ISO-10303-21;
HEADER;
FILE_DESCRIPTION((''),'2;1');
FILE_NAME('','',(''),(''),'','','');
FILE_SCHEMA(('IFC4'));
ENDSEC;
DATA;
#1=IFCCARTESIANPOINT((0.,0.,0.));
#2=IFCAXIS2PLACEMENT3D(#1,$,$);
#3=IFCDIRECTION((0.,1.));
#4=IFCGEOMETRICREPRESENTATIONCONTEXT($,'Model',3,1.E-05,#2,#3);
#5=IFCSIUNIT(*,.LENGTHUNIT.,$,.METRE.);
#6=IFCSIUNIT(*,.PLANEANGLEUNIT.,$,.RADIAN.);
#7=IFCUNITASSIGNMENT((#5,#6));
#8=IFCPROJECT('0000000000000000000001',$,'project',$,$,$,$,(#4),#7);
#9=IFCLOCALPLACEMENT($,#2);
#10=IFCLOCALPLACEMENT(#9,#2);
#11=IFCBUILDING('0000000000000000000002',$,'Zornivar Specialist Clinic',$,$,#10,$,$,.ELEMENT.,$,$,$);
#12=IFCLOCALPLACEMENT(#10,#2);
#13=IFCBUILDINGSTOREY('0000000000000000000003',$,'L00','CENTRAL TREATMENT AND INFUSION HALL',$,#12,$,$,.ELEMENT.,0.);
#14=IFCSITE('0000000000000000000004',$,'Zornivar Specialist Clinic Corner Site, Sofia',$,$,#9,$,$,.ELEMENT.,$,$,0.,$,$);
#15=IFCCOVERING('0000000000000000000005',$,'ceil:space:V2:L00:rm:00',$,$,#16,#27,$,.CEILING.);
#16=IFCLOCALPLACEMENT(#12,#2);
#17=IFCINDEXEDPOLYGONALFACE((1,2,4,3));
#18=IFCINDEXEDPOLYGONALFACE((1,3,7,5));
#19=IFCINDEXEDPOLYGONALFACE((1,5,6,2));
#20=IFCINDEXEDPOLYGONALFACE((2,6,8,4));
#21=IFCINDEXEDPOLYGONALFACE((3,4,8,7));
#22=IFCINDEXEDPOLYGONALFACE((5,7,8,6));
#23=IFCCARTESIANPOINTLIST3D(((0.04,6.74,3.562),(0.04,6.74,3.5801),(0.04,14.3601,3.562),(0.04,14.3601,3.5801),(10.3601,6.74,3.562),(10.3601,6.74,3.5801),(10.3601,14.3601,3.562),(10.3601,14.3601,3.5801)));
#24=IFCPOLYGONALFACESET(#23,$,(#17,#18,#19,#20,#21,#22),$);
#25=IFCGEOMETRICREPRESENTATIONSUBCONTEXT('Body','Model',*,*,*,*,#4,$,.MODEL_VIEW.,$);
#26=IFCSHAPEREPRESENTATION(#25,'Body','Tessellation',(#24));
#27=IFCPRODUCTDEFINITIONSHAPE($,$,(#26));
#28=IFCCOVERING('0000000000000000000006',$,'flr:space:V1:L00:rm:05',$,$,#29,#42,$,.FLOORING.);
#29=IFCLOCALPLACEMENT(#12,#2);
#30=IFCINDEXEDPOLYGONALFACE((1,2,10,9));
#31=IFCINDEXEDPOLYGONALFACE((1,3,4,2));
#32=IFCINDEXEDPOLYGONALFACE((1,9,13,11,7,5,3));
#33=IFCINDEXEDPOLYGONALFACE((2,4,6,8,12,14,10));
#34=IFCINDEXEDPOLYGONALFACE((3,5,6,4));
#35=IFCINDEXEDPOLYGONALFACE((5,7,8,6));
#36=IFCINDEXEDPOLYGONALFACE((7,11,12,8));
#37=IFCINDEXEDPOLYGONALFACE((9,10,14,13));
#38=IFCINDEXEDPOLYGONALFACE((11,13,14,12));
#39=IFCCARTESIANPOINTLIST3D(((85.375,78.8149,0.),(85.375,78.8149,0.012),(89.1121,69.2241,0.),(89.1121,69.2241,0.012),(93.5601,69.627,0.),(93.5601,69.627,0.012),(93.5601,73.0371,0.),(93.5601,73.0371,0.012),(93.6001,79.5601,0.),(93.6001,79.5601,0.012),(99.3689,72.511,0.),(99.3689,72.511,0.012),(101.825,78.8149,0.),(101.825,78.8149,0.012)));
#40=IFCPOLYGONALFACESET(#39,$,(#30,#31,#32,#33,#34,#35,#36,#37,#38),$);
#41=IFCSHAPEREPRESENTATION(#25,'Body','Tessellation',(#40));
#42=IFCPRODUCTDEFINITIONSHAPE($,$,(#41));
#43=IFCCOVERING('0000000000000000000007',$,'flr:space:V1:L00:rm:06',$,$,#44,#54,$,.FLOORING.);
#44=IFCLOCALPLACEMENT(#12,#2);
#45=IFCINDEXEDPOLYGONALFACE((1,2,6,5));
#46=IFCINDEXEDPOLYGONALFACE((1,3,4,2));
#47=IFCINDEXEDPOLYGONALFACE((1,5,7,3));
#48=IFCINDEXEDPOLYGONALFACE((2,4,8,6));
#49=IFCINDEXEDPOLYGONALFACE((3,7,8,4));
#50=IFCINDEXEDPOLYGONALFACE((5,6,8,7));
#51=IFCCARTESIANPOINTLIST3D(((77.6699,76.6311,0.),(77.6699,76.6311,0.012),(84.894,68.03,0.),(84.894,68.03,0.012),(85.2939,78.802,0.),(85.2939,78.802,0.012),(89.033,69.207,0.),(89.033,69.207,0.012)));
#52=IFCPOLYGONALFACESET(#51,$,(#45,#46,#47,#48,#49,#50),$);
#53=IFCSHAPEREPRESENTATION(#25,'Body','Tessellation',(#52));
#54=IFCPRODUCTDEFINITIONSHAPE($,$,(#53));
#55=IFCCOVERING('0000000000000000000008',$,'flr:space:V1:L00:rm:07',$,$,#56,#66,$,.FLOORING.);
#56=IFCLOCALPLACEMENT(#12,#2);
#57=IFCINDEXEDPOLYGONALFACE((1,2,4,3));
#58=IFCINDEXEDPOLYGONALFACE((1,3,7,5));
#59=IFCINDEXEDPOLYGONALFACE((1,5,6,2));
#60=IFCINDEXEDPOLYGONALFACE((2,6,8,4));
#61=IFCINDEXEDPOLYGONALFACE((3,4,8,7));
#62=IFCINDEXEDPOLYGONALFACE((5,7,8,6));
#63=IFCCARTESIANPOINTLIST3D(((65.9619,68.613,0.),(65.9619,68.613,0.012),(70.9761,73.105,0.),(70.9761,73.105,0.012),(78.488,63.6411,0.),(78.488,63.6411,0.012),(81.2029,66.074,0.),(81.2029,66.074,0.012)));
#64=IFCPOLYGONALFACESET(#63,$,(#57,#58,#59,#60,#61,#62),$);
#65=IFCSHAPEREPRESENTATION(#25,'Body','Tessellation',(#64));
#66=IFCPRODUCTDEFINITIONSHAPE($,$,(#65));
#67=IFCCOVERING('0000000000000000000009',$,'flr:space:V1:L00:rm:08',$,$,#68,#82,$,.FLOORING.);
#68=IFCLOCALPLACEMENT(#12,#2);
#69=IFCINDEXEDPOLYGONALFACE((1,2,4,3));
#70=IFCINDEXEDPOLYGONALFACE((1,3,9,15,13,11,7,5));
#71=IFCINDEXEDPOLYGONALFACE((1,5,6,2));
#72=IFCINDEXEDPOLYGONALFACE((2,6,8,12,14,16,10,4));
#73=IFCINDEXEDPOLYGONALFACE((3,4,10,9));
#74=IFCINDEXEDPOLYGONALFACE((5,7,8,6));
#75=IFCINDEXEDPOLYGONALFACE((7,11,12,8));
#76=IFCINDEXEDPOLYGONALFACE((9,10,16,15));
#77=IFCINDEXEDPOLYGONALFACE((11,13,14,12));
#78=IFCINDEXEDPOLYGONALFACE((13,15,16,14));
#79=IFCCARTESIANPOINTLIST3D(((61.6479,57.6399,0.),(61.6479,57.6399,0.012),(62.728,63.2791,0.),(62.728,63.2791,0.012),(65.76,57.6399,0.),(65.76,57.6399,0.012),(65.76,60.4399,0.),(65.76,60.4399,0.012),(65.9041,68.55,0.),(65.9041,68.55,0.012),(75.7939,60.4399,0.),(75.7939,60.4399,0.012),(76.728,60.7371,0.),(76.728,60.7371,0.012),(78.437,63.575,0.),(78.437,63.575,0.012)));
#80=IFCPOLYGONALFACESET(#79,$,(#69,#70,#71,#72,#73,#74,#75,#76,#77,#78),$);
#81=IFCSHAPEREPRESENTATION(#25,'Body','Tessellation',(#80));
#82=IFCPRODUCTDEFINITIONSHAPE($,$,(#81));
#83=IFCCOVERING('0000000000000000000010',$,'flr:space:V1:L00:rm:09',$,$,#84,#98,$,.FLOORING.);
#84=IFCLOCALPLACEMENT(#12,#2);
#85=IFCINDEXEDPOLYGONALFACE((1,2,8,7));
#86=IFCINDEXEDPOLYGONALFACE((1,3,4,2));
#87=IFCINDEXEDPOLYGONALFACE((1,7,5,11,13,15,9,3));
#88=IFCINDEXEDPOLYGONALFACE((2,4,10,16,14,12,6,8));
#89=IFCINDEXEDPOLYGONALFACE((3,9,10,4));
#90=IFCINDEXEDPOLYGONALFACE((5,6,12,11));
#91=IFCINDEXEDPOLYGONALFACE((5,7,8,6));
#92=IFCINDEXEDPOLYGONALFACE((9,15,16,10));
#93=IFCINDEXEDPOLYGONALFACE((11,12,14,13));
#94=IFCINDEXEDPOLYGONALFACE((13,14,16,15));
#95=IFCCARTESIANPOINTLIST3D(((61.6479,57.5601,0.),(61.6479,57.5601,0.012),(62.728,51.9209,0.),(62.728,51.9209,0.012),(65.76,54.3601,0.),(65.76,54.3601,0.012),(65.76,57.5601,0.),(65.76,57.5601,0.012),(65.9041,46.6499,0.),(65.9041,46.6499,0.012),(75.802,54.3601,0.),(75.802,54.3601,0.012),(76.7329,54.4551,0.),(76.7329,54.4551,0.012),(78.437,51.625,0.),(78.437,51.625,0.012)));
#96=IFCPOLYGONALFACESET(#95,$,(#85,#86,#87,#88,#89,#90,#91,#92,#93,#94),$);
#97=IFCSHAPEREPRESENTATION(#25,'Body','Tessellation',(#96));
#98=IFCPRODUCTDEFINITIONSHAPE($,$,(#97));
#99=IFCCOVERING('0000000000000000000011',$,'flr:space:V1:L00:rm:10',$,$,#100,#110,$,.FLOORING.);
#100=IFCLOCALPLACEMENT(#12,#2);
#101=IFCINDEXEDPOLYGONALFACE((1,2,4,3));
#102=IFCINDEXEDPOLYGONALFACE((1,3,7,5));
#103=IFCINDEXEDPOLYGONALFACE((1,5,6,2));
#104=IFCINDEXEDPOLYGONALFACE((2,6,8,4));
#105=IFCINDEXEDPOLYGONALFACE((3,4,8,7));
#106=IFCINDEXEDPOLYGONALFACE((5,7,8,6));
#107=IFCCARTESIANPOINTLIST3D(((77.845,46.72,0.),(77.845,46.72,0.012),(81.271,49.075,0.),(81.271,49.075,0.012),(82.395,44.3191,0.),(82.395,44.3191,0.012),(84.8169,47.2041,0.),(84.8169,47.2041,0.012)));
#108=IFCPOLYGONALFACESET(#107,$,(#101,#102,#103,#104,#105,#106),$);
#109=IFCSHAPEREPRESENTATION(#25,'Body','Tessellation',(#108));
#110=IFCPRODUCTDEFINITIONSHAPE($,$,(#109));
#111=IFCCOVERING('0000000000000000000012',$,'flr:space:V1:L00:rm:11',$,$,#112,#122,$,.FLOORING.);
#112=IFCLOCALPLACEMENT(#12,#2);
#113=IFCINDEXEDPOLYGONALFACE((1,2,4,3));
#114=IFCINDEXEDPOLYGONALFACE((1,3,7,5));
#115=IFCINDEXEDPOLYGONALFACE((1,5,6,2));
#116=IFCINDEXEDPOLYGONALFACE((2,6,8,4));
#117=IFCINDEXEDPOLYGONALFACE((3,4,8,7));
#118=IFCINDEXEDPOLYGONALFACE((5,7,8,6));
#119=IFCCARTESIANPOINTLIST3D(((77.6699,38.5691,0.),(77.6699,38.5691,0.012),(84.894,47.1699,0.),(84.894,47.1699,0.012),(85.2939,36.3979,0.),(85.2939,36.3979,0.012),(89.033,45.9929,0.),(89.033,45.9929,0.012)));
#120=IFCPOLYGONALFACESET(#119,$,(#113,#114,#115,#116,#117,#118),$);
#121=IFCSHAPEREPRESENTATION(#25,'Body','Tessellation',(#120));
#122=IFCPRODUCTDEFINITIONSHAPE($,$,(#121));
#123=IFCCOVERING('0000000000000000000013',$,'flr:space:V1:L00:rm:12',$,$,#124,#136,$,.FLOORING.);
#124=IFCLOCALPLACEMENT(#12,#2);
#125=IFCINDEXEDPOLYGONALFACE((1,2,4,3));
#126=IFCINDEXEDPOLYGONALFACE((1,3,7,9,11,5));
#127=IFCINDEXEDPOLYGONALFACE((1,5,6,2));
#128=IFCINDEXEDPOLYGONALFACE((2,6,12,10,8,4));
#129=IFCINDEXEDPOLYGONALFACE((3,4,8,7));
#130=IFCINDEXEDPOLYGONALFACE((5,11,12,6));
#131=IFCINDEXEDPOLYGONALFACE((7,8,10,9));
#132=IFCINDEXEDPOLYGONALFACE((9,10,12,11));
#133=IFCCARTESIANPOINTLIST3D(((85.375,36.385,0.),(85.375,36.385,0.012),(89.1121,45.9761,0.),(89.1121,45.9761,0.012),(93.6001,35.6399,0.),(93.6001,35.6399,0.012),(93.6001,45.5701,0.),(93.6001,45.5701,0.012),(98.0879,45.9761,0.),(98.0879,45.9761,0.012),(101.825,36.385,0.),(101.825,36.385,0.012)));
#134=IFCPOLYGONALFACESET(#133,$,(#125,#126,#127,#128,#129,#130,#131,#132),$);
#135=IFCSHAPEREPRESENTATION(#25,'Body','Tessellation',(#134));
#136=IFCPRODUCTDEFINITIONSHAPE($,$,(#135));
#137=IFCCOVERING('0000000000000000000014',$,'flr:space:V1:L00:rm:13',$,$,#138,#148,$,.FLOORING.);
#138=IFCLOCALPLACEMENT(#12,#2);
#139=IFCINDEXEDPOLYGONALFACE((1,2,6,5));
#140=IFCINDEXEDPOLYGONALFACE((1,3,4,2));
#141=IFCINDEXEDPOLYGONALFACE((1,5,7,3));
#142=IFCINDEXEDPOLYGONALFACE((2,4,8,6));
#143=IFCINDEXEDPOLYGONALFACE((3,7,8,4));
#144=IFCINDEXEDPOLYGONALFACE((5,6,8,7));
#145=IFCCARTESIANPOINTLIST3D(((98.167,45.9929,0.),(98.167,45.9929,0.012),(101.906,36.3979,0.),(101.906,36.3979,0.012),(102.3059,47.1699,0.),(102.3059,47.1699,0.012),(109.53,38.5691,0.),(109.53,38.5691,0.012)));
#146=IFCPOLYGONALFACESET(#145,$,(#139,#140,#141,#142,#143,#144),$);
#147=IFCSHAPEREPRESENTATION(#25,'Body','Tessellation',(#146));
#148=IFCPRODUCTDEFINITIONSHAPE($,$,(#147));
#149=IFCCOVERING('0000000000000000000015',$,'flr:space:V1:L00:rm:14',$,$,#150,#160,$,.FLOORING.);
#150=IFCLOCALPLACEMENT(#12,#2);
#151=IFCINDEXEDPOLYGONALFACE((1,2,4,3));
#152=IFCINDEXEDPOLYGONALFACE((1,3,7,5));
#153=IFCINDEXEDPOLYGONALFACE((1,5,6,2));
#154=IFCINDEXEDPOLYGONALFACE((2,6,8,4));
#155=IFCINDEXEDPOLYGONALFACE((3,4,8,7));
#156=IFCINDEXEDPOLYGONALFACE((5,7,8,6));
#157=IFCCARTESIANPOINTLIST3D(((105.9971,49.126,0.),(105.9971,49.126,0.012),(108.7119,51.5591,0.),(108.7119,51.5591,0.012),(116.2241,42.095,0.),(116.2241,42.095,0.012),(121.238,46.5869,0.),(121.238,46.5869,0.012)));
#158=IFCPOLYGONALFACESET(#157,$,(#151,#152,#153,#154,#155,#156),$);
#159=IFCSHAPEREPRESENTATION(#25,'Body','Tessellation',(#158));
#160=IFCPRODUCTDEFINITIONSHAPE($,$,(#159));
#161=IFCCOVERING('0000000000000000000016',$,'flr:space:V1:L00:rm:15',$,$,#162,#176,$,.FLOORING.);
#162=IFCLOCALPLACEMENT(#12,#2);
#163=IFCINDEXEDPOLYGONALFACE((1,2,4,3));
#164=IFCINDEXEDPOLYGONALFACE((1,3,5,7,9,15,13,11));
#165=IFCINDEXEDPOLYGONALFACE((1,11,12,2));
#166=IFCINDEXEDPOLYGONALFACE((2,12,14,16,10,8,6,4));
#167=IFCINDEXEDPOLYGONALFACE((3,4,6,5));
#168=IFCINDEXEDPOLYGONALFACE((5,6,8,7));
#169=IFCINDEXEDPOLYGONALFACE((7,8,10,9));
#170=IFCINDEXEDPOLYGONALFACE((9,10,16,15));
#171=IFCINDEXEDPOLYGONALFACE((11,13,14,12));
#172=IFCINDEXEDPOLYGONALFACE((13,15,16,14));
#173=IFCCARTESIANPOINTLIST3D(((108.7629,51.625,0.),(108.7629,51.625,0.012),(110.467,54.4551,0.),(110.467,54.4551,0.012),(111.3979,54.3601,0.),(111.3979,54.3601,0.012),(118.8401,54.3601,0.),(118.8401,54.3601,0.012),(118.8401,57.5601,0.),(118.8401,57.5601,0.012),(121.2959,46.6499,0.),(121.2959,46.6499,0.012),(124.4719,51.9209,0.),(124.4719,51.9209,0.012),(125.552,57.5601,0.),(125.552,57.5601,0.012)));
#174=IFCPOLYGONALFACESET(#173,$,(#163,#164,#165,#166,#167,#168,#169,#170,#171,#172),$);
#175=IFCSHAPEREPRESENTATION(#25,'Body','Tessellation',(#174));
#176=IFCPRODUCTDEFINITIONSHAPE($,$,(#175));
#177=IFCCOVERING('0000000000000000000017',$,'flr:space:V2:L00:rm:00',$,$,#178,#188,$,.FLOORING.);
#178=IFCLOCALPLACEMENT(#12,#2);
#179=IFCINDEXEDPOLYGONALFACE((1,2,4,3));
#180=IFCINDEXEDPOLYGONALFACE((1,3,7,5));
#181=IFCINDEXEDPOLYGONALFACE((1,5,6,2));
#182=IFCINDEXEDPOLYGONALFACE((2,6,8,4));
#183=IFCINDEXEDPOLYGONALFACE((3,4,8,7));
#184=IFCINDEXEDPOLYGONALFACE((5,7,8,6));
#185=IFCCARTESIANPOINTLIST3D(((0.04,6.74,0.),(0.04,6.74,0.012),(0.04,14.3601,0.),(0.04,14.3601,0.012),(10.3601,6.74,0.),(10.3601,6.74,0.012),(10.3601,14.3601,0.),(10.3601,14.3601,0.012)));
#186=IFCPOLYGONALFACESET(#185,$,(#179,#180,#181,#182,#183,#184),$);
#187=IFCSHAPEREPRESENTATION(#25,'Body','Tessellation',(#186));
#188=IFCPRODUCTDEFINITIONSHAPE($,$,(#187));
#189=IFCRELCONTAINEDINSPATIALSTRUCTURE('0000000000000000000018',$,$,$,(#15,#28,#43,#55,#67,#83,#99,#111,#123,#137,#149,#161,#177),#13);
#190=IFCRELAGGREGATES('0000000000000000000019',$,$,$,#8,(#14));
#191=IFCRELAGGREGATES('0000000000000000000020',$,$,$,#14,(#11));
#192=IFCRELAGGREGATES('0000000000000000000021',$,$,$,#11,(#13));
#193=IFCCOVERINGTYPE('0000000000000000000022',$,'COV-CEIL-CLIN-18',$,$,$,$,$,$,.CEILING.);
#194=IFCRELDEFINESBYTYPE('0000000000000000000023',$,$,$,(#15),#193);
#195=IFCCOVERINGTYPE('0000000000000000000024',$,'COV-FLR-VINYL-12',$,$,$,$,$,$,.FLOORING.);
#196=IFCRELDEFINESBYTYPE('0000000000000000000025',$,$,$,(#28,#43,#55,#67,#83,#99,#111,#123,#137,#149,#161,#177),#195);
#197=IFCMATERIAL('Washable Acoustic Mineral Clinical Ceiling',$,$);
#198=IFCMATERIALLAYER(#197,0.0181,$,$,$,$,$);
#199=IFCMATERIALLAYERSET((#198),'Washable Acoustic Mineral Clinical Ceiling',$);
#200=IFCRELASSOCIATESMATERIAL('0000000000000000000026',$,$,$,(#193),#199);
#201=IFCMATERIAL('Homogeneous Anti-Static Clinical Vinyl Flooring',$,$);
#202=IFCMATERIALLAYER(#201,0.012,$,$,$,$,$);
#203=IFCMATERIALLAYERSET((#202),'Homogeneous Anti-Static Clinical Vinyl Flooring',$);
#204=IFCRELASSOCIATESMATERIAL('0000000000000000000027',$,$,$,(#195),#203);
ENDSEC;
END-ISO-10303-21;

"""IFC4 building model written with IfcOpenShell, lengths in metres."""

from ifc_helpers import new_model, si_unit, direction, frame, origin, place, context, subcontext, project, spatial, polyline, outline, extrude, material, layer, layer_set, type_object, element, save


model = new_model("IFC4")

# Units and contexts
model_context = context("Model", 3, precision=1e-05, world=origin(), true_north=direction((0.0, 1.0)))
body_context = subcontext(model_context, "Body", "Model", "MODEL_VIEW")
ifc_project = project(units=[si_unit("LENGTHUNIT", "METRE"), si_unit("PLANEANGLEUNIT", "RADIAN")], contexts=[model_context])

# Site, building, storey
site_placement = place(None, origin())
site = spatial("IfcSite", under=ifc_project, at=site_placement, Name="Zornivar Specialist Clinic Corner Site, Sofia", CompositionType="ELEMENT", RefElevation=0.0)
building_placement = place(site_placement, origin())
building = spatial("IfcBuilding", under=site, at=building_placement, Name="Zornivar Specialist Clinic", CompositionType="ELEMENT")
storey_placement = place(building_placement, origin())
storey = spatial("IfcBuildingStorey", under=building, at=storey_placement, Name="L00", Description="CENTRAL TREATMENT AND INFUSION HALL", CompositionType="ELEMENT", Elevation=0.0)

# Coverings
ifc_material_1 = material(Name="Washable Acoustic Mineral Clinical Ceiling")
ifc_layer_1 = layer(ifc_material_1, 0.0181)
ifc_layer_set_1 = layer_set([ifc_layer_1], Name="Washable Acoustic Mineral Clinical Ceiling")
covering_type_1 = type_object("IfcCoveringType", Name="COV-CEIL-CLIN-18", PredefinedType="CEILING", material=ifc_layer_set_1)
covering_1_placement = place(storey_placement, frame((0.0, 0.0, 3.562)))
element("IfcCovering", 1, at=covering_1_placement, inside=storey, type_object=covering_type_1, Name="ceil:space:V2:L00:rm:00", PredefinedType="CEILING", context=body_context, shape_type="SweptSolid", body=[
    extrude(outline(polyline([(10.3601, 14.3601), (10.3601, 6.74), (0.04, 6.74), (0.04, 14.3601), (10.3601, 14.3601)])), origin(), (0.0, 0.0, 1.0), 0.0181),
])
ifc_material_2 = material(Name="Homogeneous Anti-Static Clinical Vinyl Flooring")
ifc_layer_2 = layer(ifc_material_2, 0.012)
ifc_layer_set_2 = layer_set([ifc_layer_2], Name="Homogeneous Anti-Static Clinical Vinyl Flooring")
covering_type_2 = type_object("IfcCoveringType", Name="COV-FLR-VINYL-12", PredefinedType="FLOORING", material=ifc_layer_set_2)
covering_2_placement = place(storey_placement, origin())
element("IfcCovering", 2, at=covering_2_placement, inside=storey, type_object=covering_type_2, Name="flr:space:V1:L00:rm:05", PredefinedType="FLOORING", context=body_context, shape_type="SweptSolid", body=[
    extrude(outline(polyline([(85.375, 78.8149), (93.6001, 79.5601), (101.825, 78.8149), (99.3689, 72.511), (93.5601, 73.0371), (93.5601, 69.627), (89.1121, 69.2241), (85.375, 78.8149)])), origin(), (0.0, 0.0, 1.0), 0.012),
])
covering_3_placement = place(storey_placement, origin())
element("IfcCovering", 3, at=covering_3_placement, inside=storey, type_object=covering_type_2, Name="flr:space:V1:L00:rm:06", PredefinedType="FLOORING", context=body_context, shape_type="SweptSolid", body=[
    extrude(outline(polyline([(77.6699, 76.6311), (85.2939, 78.802), (89.033, 69.207), (84.894, 68.03), (77.6699, 76.6311)])), origin(), (0.0, 0.0, 1.0), 0.012),
])
covering_4_placement = place(storey_placement, origin())
element("IfcCovering", 4, at=covering_4_placement, inside=storey, type_object=covering_type_2, Name="flr:space:V1:L00:rm:07", PredefinedType="FLOORING", context=body_context, shape_type="SweptSolid", body=[
    extrude(outline(polyline([(65.9619, 68.613), (70.9761, 73.105), (81.2029, 66.074), (78.488, 63.6411), (65.9619, 68.613)])), origin(), (0.0, 0.0, 1.0), 0.012),
])
covering_5_placement = place(storey_placement, origin())
element("IfcCovering", 5, at=covering_5_placement, inside=storey, type_object=covering_type_2, Name="flr:space:V1:L00:rm:08", PredefinedType="FLOORING", context=body_context, shape_type="SweptSolid", body=[
    extrude(outline(polyline([(65.76, 60.4399), (65.76, 57.6399), (61.6479, 57.6399), (62.728, 63.2791), (65.9041, 68.55), (78.437, 63.575), (76.728, 60.7371), (75.7939, 60.4399), (65.76, 60.4399)])), origin(), (0.0, 0.0, 1.0), 0.012),
])
covering_6_placement = place(storey_placement, origin())
element("IfcCovering", 6, at=covering_6_placement, inside=storey, type_object=covering_type_2, Name="flr:space:V1:L00:rm:09", PredefinedType="FLOORING", context=body_context, shape_type="SweptSolid", body=[
    extrude(outline(polyline([(62.728, 51.9209), (61.6479, 57.5601), (65.76, 57.5601), (65.76, 54.3601), (75.802, 54.3601), (76.7329, 54.4551), (78.437, 51.625), (65.9041, 46.6499), (62.728, 51.9209)])), origin(), (0.0, 0.0, 1.0), 0.012),
])
covering_7_placement = place(storey_placement, origin())
element("IfcCovering", 7, at=covering_7_placement, inside=storey, type_object=covering_type_2, Name="flr:space:V1:L00:rm:10", PredefinedType="FLOORING", context=body_context, shape_type="SweptSolid", body=[
    extrude(outline(polyline([(82.395, 44.3191), (77.845, 46.72), (81.271, 49.075), (84.8169, 47.2041), (82.395, 44.3191)])), origin(), (0.0, 0.0, 1.0), 0.012),
])
covering_8_placement = place(storey_placement, origin())
element("IfcCovering", 8, at=covering_8_placement, inside=storey, type_object=covering_type_2, Name="flr:space:V1:L00:rm:11", PredefinedType="FLOORING", context=body_context, shape_type="SweptSolid", body=[
    extrude(outline(polyline([(85.2939, 36.3979), (77.6699, 38.5691), (84.894, 47.1699), (89.033, 45.9929), (85.2939, 36.3979)])), origin(), (0.0, 0.0, 1.0), 0.012),
])
covering_9_placement = place(storey_placement, origin())
element("IfcCovering", 9, at=covering_9_placement, inside=storey, type_object=covering_type_2, Name="flr:space:V1:L00:rm:12", PredefinedType="FLOORING", context=body_context, shape_type="SweptSolid", body=[
    extrude(outline(polyline([(93.6001, 45.5701), (98.0879, 45.9761), (101.825, 36.385), (93.6001, 35.6399), (85.375, 36.385), (89.1121, 45.9761), (93.6001, 45.5701)])), origin(), (0.0, 0.0, 1.0), 0.012),
])
covering_10_placement = place(storey_placement, origin())
element("IfcCovering", 10, at=covering_10_placement, inside=storey, type_object=covering_type_2, Name="flr:space:V1:L00:rm:13", PredefinedType="FLOORING", context=body_context, shape_type="SweptSolid", body=[
    extrude(outline(polyline([(109.53, 38.5691), (101.906, 36.3979), (98.167, 45.9929), (102.3059, 47.1699), (109.53, 38.5691)])), origin(), (0.0, 0.0, 1.0), 0.012),
])
covering_11_placement = place(storey_placement, origin())
element("IfcCovering", 11, at=covering_11_placement, inside=storey, type_object=covering_type_2, Name="flr:space:V1:L00:rm:14", PredefinedType="FLOORING", context=body_context, shape_type="SweptSolid", body=[
    extrude(outline(polyline([(121.238, 46.5869), (116.2241, 42.095), (105.9971, 49.126), (108.7119, 51.5591), (121.238, 46.5869)])), origin(), (0.0, 0.0, 1.0), 0.012),
])
covering_12_placement = place(storey_placement, origin())
element("IfcCovering", 12, at=covering_12_placement, inside=storey, type_object=covering_type_2, Name="flr:space:V1:L00:rm:15", PredefinedType="FLOORING", context=body_context, shape_type="SweptSolid", body=[
    extrude(outline(polyline([(110.467, 54.4551), (111.3979, 54.3601), (118.8401, 54.3601), (118.8401, 57.5601), (125.552, 57.5601), (124.4719, 51.9209), (121.2959, 46.6499), (108.7629, 51.625), (110.467, 54.4551)])), origin(), (0.0, 0.0, 1.0), 0.012),
])
covering_13_placement = place(storey_placement, origin())
element("IfcCovering", 13, at=covering_13_placement, inside=storey, type_object=covering_type_2, Name="flr:space:V2:L00:rm:00", PredefinedType="FLOORING", context=body_context, shape_type="SweptSolid", body=[
    extrude(outline(polyline([(10.3601, 14.3601), (10.3601, 6.74), (0.04, 6.74), (0.04, 14.3601), (10.3601, 14.3601)])), origin(), (0.0, 0.0, 1.0), 0.012),
])

save(model, "model.ifc")
